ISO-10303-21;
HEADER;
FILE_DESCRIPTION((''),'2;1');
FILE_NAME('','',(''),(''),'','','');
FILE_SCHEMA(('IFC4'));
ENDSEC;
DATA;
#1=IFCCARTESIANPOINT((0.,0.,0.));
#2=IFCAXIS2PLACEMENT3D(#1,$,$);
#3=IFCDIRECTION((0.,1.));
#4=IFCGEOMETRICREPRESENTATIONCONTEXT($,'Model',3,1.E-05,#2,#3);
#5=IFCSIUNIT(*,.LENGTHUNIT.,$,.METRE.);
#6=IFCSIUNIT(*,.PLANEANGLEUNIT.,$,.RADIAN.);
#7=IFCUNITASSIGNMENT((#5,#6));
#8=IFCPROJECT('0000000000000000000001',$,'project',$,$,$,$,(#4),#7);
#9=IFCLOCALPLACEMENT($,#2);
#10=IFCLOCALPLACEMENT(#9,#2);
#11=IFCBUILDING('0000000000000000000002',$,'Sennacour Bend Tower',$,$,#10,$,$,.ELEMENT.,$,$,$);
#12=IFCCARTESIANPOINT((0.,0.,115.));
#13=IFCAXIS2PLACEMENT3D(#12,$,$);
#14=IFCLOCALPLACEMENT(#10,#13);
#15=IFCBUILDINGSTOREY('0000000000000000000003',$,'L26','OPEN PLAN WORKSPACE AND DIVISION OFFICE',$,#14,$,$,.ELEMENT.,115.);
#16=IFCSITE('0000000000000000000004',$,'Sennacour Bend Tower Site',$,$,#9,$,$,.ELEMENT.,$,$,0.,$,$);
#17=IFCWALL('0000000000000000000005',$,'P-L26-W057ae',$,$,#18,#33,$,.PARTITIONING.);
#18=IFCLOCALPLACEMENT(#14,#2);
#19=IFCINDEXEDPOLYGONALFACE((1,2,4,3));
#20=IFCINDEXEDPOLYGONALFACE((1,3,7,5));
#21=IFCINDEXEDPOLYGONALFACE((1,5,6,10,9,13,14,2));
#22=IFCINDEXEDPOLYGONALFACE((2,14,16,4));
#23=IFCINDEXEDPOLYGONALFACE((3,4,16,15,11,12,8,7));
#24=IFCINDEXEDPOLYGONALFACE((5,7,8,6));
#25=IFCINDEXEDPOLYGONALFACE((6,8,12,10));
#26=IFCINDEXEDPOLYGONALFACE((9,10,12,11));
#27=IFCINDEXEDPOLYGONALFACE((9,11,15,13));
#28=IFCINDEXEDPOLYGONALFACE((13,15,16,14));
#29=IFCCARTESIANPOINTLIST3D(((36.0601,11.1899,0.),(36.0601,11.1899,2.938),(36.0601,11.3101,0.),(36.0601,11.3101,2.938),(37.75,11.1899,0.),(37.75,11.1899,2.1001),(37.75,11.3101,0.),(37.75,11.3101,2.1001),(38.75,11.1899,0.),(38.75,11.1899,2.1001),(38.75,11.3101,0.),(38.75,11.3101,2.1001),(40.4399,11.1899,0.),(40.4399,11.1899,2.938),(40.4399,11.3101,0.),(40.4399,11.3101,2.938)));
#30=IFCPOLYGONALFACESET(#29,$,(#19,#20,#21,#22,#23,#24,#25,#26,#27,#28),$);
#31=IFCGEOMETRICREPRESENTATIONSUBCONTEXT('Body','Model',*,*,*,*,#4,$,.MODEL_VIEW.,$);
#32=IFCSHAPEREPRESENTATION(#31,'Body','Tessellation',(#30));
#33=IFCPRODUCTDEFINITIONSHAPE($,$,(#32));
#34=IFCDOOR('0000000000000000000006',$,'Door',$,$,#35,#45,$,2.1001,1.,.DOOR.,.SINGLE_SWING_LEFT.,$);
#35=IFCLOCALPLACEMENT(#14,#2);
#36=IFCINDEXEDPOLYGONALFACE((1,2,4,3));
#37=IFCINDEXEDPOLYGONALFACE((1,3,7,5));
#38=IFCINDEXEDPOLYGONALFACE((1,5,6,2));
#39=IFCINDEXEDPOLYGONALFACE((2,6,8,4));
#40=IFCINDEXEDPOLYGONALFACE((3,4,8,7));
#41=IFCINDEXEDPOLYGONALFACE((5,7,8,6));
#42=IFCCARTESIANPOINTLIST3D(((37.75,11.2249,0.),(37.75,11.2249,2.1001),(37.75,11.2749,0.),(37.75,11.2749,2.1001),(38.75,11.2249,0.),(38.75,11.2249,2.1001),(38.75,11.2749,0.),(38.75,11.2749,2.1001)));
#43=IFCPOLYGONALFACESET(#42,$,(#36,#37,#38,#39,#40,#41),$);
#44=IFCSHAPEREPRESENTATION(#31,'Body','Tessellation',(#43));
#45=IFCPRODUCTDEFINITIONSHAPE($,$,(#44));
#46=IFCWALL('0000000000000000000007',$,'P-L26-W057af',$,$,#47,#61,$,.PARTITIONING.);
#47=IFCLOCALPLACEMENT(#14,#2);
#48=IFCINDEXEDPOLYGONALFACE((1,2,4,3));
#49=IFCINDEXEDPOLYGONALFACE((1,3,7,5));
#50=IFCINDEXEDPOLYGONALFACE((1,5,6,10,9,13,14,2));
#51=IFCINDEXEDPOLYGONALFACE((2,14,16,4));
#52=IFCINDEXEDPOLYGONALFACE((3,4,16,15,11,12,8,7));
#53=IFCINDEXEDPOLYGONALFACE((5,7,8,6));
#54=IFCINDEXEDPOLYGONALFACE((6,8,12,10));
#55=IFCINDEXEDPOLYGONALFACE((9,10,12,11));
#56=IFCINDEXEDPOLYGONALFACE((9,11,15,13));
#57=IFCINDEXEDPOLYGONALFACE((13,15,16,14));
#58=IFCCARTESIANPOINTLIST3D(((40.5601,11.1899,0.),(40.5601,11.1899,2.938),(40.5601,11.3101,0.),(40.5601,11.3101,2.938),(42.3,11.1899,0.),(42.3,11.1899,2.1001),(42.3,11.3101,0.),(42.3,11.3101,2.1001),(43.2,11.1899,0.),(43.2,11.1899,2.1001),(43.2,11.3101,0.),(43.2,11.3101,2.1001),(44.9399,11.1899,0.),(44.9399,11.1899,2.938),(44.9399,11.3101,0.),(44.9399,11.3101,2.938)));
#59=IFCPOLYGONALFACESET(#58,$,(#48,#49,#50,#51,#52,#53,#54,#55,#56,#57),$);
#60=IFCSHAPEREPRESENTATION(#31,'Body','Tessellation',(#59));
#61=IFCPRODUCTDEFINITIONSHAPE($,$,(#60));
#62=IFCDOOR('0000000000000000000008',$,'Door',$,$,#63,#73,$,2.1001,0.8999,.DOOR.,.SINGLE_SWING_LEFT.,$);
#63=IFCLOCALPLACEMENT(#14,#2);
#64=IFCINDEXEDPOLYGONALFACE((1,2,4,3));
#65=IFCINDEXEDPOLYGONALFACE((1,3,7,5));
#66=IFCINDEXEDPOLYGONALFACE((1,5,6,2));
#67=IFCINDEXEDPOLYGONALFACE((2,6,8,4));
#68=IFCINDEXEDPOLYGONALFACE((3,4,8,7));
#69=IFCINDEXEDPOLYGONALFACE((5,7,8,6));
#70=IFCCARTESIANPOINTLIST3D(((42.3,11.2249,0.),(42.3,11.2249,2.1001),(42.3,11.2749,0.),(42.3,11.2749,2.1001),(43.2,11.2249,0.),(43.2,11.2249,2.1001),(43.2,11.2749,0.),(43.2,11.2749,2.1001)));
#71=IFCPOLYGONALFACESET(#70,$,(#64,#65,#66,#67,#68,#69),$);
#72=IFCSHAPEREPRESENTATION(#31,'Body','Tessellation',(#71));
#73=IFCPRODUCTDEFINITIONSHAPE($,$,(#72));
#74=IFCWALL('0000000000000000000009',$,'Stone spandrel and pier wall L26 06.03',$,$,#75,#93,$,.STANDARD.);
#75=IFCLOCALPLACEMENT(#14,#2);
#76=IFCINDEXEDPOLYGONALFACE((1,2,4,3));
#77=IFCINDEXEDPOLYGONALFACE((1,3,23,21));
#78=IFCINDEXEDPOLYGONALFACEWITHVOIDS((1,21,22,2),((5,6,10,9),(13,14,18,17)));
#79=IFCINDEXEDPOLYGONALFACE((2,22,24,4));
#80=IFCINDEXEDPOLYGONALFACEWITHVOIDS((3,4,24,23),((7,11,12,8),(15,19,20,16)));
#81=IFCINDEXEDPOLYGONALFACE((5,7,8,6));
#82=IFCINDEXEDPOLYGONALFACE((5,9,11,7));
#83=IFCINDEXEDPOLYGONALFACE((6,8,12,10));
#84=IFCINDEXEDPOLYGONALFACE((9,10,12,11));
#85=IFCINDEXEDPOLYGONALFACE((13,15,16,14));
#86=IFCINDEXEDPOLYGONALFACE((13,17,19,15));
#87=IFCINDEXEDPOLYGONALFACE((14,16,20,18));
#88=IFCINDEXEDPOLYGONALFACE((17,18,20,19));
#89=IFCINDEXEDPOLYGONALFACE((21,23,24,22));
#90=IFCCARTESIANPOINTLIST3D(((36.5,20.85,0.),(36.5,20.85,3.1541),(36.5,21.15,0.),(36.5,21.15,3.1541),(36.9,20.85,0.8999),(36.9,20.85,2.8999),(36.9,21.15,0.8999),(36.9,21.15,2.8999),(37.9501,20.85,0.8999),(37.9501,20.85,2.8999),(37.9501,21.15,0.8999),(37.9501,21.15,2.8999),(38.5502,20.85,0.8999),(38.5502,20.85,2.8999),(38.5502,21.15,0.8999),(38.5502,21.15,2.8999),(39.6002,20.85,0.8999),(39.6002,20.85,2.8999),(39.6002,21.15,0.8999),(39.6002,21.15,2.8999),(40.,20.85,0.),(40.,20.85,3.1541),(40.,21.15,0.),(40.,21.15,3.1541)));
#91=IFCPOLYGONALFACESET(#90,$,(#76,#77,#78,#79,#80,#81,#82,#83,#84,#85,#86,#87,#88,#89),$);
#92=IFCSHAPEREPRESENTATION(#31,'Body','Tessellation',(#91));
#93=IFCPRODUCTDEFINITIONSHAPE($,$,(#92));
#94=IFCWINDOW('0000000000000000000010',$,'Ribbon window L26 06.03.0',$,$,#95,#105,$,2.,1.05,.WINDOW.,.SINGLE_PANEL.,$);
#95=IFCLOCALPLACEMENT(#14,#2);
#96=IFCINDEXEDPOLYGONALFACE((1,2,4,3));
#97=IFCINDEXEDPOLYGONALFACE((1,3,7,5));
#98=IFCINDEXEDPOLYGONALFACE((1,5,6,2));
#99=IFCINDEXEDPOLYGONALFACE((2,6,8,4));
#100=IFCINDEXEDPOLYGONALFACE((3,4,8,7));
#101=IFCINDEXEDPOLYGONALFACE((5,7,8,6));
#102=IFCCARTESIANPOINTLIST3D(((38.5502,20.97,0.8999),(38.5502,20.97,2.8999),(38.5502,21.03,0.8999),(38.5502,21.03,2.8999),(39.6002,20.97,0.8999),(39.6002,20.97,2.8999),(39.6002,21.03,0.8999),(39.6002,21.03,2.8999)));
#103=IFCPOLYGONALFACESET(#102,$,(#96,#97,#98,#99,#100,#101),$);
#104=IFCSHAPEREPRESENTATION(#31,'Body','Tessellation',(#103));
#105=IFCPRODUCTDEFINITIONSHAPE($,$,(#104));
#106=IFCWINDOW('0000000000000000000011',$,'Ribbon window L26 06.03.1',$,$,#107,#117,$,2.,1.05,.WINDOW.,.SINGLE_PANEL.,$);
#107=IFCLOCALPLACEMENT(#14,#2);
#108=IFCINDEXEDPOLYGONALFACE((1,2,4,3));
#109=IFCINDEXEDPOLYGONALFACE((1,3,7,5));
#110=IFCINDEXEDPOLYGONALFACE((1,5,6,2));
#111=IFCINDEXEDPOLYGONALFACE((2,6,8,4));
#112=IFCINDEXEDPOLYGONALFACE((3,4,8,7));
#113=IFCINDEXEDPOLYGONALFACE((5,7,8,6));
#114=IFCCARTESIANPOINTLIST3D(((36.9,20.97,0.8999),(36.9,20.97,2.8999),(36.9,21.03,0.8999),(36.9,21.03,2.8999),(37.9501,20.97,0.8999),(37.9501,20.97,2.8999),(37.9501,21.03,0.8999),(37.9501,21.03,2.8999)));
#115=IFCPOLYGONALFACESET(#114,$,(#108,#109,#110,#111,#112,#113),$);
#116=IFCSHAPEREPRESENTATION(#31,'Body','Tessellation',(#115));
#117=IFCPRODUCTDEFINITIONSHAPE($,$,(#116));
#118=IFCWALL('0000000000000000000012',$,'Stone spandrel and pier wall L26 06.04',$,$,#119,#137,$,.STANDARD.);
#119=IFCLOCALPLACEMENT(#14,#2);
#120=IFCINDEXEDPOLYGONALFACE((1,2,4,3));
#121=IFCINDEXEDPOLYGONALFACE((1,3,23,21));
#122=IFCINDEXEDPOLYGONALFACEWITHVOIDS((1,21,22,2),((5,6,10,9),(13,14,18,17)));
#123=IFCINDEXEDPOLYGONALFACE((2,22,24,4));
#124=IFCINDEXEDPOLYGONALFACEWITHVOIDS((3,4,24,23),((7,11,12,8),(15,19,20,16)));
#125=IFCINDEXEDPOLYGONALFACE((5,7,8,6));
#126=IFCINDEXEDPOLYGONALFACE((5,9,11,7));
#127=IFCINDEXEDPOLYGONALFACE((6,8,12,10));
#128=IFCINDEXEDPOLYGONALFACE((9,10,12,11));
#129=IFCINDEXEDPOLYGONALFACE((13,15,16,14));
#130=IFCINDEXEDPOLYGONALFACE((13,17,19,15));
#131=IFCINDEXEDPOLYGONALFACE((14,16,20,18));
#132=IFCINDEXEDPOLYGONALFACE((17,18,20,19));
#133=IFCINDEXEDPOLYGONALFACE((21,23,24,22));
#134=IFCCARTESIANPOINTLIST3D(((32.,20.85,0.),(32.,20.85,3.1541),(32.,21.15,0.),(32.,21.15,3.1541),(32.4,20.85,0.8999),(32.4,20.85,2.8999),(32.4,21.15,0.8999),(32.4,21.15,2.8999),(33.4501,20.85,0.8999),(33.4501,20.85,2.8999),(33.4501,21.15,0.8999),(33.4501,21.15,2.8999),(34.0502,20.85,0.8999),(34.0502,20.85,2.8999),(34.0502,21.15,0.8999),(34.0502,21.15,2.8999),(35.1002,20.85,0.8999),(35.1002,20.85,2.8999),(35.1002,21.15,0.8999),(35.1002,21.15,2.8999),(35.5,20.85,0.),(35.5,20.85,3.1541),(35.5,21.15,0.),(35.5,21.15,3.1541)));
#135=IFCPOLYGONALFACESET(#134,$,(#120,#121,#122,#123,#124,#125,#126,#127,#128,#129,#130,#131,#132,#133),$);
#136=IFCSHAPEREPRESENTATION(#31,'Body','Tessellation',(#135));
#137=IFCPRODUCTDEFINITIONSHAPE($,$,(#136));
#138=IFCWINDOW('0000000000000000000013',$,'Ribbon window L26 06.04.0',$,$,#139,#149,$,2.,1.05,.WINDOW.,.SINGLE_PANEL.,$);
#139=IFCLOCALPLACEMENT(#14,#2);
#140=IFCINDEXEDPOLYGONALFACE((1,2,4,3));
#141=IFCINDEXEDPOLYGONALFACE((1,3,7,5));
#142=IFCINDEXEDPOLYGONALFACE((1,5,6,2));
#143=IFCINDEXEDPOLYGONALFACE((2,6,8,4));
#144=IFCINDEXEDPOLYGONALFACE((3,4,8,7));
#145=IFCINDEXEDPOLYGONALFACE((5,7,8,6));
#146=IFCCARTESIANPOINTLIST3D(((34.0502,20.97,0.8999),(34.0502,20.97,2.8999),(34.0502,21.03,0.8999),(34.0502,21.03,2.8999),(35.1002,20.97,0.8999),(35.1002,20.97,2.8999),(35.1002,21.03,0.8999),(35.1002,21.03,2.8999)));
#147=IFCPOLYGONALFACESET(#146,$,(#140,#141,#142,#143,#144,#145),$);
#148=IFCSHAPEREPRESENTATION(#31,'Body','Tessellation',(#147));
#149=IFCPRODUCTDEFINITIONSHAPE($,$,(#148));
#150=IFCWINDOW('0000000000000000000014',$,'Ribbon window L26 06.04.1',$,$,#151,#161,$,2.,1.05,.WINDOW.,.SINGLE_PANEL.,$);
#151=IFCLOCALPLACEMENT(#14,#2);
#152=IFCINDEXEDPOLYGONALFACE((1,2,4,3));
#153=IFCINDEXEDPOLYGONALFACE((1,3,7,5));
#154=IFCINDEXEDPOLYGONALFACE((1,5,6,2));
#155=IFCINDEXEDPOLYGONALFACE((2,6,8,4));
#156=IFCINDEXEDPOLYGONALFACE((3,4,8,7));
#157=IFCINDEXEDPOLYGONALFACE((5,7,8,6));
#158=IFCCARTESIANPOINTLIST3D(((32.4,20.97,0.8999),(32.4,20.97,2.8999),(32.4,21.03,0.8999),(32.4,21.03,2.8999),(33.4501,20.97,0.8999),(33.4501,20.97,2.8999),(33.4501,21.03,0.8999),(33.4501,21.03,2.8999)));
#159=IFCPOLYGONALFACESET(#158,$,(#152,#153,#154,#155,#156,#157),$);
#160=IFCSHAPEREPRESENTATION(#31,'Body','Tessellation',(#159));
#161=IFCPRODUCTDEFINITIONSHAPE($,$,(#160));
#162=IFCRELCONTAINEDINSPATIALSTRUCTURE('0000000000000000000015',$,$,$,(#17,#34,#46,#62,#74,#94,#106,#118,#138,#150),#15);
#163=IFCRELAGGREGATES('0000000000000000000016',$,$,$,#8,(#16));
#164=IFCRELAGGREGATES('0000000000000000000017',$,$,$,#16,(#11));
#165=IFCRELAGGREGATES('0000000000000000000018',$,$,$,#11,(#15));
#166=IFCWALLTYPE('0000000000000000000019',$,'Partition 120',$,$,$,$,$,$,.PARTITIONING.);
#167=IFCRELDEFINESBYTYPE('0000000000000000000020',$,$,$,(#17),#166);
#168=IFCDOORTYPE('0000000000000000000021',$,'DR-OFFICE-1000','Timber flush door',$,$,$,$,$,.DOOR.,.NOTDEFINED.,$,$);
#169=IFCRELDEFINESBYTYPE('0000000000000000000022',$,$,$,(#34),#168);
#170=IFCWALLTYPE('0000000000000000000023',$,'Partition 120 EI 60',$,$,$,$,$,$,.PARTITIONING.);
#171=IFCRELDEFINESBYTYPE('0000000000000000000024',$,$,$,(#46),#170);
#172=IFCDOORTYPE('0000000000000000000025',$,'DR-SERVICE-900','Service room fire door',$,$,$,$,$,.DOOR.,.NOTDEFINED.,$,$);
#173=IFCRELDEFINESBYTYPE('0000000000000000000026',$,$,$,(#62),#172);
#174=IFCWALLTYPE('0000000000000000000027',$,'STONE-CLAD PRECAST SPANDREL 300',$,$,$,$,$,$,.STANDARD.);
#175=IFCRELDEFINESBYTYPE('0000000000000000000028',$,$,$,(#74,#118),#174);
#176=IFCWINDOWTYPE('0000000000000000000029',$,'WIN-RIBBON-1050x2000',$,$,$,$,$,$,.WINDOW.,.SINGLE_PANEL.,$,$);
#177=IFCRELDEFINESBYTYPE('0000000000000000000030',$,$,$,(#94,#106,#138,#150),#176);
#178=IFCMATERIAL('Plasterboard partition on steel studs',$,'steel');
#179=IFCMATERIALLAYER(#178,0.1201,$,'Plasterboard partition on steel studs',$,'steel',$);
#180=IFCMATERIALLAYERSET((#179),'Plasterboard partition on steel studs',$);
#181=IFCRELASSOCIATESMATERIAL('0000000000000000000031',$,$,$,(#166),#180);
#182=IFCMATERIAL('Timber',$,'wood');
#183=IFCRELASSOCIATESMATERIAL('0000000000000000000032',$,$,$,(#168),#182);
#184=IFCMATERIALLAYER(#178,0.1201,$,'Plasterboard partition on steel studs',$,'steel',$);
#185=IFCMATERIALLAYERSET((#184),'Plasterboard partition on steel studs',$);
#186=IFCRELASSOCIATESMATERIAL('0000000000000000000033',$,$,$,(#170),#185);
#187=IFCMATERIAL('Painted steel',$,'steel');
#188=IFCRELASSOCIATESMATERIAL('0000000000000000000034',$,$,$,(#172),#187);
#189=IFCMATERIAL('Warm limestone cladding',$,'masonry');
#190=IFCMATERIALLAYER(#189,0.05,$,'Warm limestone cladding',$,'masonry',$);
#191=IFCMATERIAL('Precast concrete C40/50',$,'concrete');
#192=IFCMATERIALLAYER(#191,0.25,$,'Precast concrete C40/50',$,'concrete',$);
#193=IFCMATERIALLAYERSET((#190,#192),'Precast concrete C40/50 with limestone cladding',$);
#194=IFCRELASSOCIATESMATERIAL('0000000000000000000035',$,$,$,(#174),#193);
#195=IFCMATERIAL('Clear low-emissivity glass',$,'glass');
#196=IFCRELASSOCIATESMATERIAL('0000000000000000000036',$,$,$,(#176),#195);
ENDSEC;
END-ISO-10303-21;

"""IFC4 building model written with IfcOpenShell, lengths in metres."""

from ifc_helpers import new_model, si_unit, direction, frame, frame_2d, origin, place, context, subcontext, project, spatial, rectangle, extrude, material, layer, layer_set, type_object, element, fill, save


model = new_model("IFC4")

# Units and contexts
model_context = context("Model", 3, precision=1e-05, world=origin(), true_north=direction((0.0, 1.0)))
body_context = subcontext(model_context, "Body", "Model", "MODEL_VIEW")
ifc_project = project(units=[si_unit("LENGTHUNIT", "METRE"), si_unit("PLANEANGLEUNIT", "RADIAN")], contexts=[model_context])

# Site, building, storey
site_placement = place(None, origin())
site = spatial("IfcSite", under=ifc_project, at=site_placement, Name="Sennacour Bend Tower Site", CompositionType="ELEMENT", RefElevation=0.0)
building_placement = place(site_placement, origin())
building = spatial("IfcBuilding", under=site, at=building_placement, Name="Sennacour Bend Tower", CompositionType="ELEMENT")
storey_placement = place(building_placement, frame((0.0, 0.0, 115.0)))
storey = spatial("IfcBuildingStorey", under=building, at=storey_placement, Name="L26", Description="OPEN PLAN WORKSPACE AND DIVISION OFFICE", CompositionType="ELEMENT", Elevation=115.0)

# Shared definitions
ifc_material_1 = material(Name="Plasterboard partition on steel studs", Category="steel")
ifc_layer_1 = layer(ifc_material_1, 0.1201, Name="Plasterboard partition on steel studs", Category="steel")
ifc_layer_set_1 = layer_set([ifc_layer_1], Name="Plasterboard partition on steel studs")
wall_type_1 = type_object("IfcWallType", Name="Partition 120", PredefinedType="PARTITIONING", material=ifc_layer_set_1)

# Walls, openings, doors
ifc_material_2 = material(Name="Timber", Category="wood")
wall_1_placement = place(storey_placement, frame((36.0601, 11.25, 0.0), z_axis=(0.0, 0.0, 1.0), x_axis=(1.0, 0.0, 0.0)))
wall_1 = element("IfcWall", 1, at=wall_1_placement, inside=storey, type_object=wall_type_1, Name="P-L26-W057ae", PredefinedType="PARTITIONING", context=body_context, shape_type="SweptSolid", body=[
    extrude(rectangle(XDim=4.3799, YDim=0.1201, at=frame_2d((2.1899, 0.0))), origin(), (0.0, 0.0, 1.0), 2.938),
])
opening_1_placement = place(wall_1_placement, frame((1.6899, 0.0, 0.0)))
opening_1 = element("IfcOpeningElement", 2, at=opening_1_placement, cuts=wall_1, PredefinedType="OPENING", context=body_context, shape_type="SweptSolid", body=[
    extrude(rectangle(XDim=1.0, YDim=2.1001, at=frame_2d((0.5, 1.05))), frame((0.0, 0.0701, 0.0), z_axis=(0.0, -1.0, 0.0), x_axis=(1.0, 0.0, 0.0)), (0.0, 0.0, 1.0), 0.1401),
])
door_type_1 = type_object("IfcDoorType", Name="DR-OFFICE-1000", Description="Timber flush door", OperationType="NOTDEFINED", PredefinedType="DOOR", material=ifc_material_2)
door_1_placement = place(opening_1_placement, origin())
door_1 = element("IfcDoor", 3, at=door_1_placement, inside=storey, type_object=door_type_1, Name="Door", OperationType="SINGLE_SWING_LEFT", OverallHeight=2.1001, OverallWidth=1.0, PredefinedType="DOOR", context=body_context, shape_type="SweptSolid", body=[
    extrude(rectangle(XDim=1.0, YDim=2.1001, at=frame_2d((0.5, 1.05))), frame((0.0, 0.0249, 0.0), z_axis=(0.0, -1.0, 0.0), x_axis=(1.0, 0.0, 0.0)), (0.0, 0.0, 1.0), 0.05),
])
fill(opening_1, door_1)
ifc_layer_2 = layer(ifc_material_1, 0.1201, Name="Plasterboard partition on steel studs", Category="steel")
ifc_layer_set_2 = layer_set([ifc_layer_2], Name="Plasterboard partition on steel studs")
wall_type_2 = type_object("IfcWallType", Name="Partition 120 EI 60", PredefinedType="PARTITIONING", material=ifc_layer_set_2)
wall_2_placement = place(storey_placement, frame((40.5601, 11.25, 0.0), z_axis=(0.0, 0.0, 1.0), x_axis=(1.0, 0.0, 0.0)))
wall_2 = element("IfcWall", 4, at=wall_2_placement, inside=storey, type_object=wall_type_2, Name="P-L26-W057af", PredefinedType="PARTITIONING", context=body_context, shape_type="SweptSolid", body=[
    extrude(rectangle(XDim=4.3799, YDim=0.1201, at=frame_2d((2.1899, 0.0))), origin(), (0.0, 0.0, 1.0), 2.938),
])
opening_2_placement = place(wall_2_placement, frame((1.74, 0.0, 0.0)))
opening_2 = element("IfcOpeningElement", 5, at=opening_2_placement, cuts=wall_2, PredefinedType="OPENING", context=body_context, shape_type="SweptSolid", body=[
    extrude(rectangle(XDim=0.8999, YDim=2.1001, at=frame_2d((0.45, 1.05))), frame((0.0, 0.0701, 0.0), z_axis=(0.0, -1.0, 0.0), x_axis=(1.0, 0.0, 0.0)), (0.0, 0.0, 1.0), 0.1401),
])
ifc_material_3 = material(Name="Painted steel", Category="steel")
door_type_2 = type_object("IfcDoorType", Name="DR-SERVICE-900", Description="Service room fire door", OperationType="NOTDEFINED", PredefinedType="DOOR", material=ifc_material_3)
door_2_placement = place(opening_2_placement, origin())
door_2 = element("IfcDoor", 6, at=door_2_placement, inside=storey, type_object=door_type_2, Name="Door", OperationType="SINGLE_SWING_LEFT", OverallHeight=2.1001, OverallWidth=0.8999, PredefinedType="DOOR", context=body_context, shape_type="SweptSolid", body=[
    extrude(rectangle(XDim=0.8999, YDim=2.1001, at=frame_2d((0.45, 1.05))), frame((0.0, 0.0249, 0.0), z_axis=(0.0, -1.0, 0.0), x_axis=(1.0, 0.0, 0.0)), (0.0, 0.0, 1.0), 0.05),
])
fill(opening_2, door_2)

# Walls, openings, windows
ifc_material_4 = material(Name="Warm limestone cladding", Category="masonry")
ifc_layer_3 = layer(ifc_material_4, 0.05, Name="Warm limestone cladding", Category="masonry")
ifc_material_5 = material(Name="Precast concrete C40/50", Category="concrete")
ifc_layer_4 = layer(ifc_material_5, 0.25, Name="Precast concrete C40/50", Category="concrete")
ifc_layer_set_3 = layer_set([ifc_layer_3, ifc_layer_4], Name="Precast concrete C40/50 with limestone cladding")
wall_type_3 = type_object("IfcWallType", Name="STONE-CLAD PRECAST SPANDREL 300", PredefinedType="STANDARD", material=ifc_layer_set_3)
wall_3_placement = place(storey_placement, frame((40.0, 21.0, 0.0), z_axis=(0.0, 0.0, 1.0), x_axis=(-1.0, 0.0, 0.0)))
wall_3 = element("IfcWall", 7, at=wall_3_placement, inside=storey, type_object=wall_type_3, Name="Stone spandrel and pier wall L26 06.03", PredefinedType="STANDARD", context=body_context, shape_type="SweptSolid", body=[
    extrude(rectangle(XDim=3.5, YDim=0.3, at=frame_2d((1.75, 0.0))), origin(), (0.0, 0.0, 1.0), 3.1541),
])
opening_3_placement = place(wall_3_placement, frame((0.3999, 0.0, 0.8999)))
opening_3 = element("IfcOpeningElement", 8, at=opening_3_placement, cuts=wall_3, PredefinedType="OPENING", context=body_context, shape_type="SweptSolid", body=[
    extrude(rectangle(XDim=1.05, YDim=2.0, at=frame_2d((0.5249, 1.0))), frame((0.0, 0.1602, 0.0), z_axis=(0.0, -1.0, 0.0), x_axis=(1.0, 0.0, 0.0)), (0.0, 0.0, 1.0), 0.3201),
])
opening_4_placement = place(wall_3_placement, frame((2.05, 0.0, 0.8999)))
opening_4 = element("IfcOpeningElement", 9, at=opening_4_placement, cuts=wall_3, PredefinedType="OPENING", context=body_context, shape_type="SweptSolid", body=[
    extrude(rectangle(XDim=1.05, YDim=2.0, at=frame_2d((0.5249, 1.0))), frame((0.0, 0.1602, 0.0), z_axis=(0.0, -1.0, 0.0), x_axis=(1.0, 0.0, 0.0)), (0.0, 0.0, 1.0), 0.3201),
])
ifc_material_6 = material(Name="Clear low-emissivity glass", Category="glass")
window_type_1 = type_object("IfcWindowType", Name="WIN-RIBBON-1050x2000", PartitioningType="SINGLE_PANEL", PredefinedType="WINDOW", material=ifc_material_6)
window_1_placement = place(opening_3_placement, origin())
window_1 = element("IfcWindow", 10, at=window_1_placement, inside=storey, type_object=window_type_1, Name="Ribbon window L26 06.03.0", OverallHeight=2.0, OverallWidth=1.05, PartitioningType="SINGLE_PANEL", PredefinedType="WINDOW", context=body_context, shape_type="SweptSolid", body=[
    extrude(rectangle(XDim=1.05, YDim=2.0, at=frame_2d((0.5249, 1.0))), frame((0.0, 0.03, 0.0), z_axis=(0.0, -1.0, 0.0), x_axis=(1.0, 0.0, 0.0)), (0.0, 0.0, 1.0), 0.0601),
])
fill(opening_3, window_1)
window_2_placement = place(opening_4_placement, origin())
window_2 = element("IfcWindow", 11, at=window_2_placement, inside=storey, type_object=window_type_1, Name="Ribbon window L26 06.03.1", OverallHeight=2.0, OverallWidth=1.05, PartitioningType="SINGLE_PANEL", PredefinedType="WINDOW", context=body_context, shape_type="SweptSolid", body=[
    extrude(rectangle(XDim=1.05, YDim=2.0, at=frame_2d((0.5249, 1.0))), frame((0.0, 0.03, 0.0), z_axis=(0.0, -1.0, 0.0), x_axis=(1.0, 0.0, 0.0)), (0.0, 0.0, 1.0), 0.0601),
])
fill(opening_4, window_2)
wall_4_placement = place(storey_placement, frame((35.5, 21.0, 0.0), z_axis=(0.0, 0.0, 1.0), x_axis=(-1.0, 0.0, 0.0)))
wall_4 = element("IfcWall", 12, at=wall_4_placement, inside=storey, type_object=wall_type_3, Name="Stone spandrel and pier wall L26 06.04", PredefinedType="STANDARD", context=body_context, shape_type="SweptSolid", body=[
    extrude(rectangle(XDim=3.5, YDim=0.3, at=frame_2d((1.75, 0.0))), origin(), (0.0, 0.0, 1.0), 3.1541),
])
opening_5_placement = place(wall_4_placement, frame((0.3999, 0.0, 0.8999)))
opening_5 = element("IfcOpeningElement", 13, at=opening_5_placement, cuts=wall_4, PredefinedType="OPENING", context=body_context, shape_type="SweptSolid", body=[
    extrude(rectangle(XDim=1.05, YDim=2.0, at=frame_2d((0.5249, 1.0))), frame((0.0, 0.1602, 0.0), z_axis=(0.0, -1.0, 0.0), x_axis=(1.0, 0.0, 0.0)), (0.0, 0.0, 1.0), 0.3201),
])
opening_6_placement = place(wall_4_placement, frame((2.05, 0.0, 0.8999)))
opening_6 = element("IfcOpeningElement", 14, at=opening_6_placement, cuts=wall_4, PredefinedType="OPENING", context=body_context, shape_type="SweptSolid", body=[
    extrude(rectangle(XDim=1.05, YDim=2.0, at=frame_2d((0.5249, 1.0))), frame((0.0, 0.1602, 0.0), z_axis=(0.0, -1.0, 0.0), x_axis=(1.0, 0.0, 0.0)), (0.0, 0.0, 1.0), 0.3201),
])
window_3_placement = place(opening_5_placement, origin())
window_3 = element("IfcWindow", 15, at=window_3_placement, inside=storey, type_object=window_type_1, Name="Ribbon window L26 06.04.0", OverallHeight=2.0, OverallWidth=1.05, PartitioningType="SINGLE_PANEL", PredefinedType="WINDOW", context=body_context, shape_type="SweptSolid", body=[
    extrude(rectangle(XDim=1.05, YDim=2.0, at=frame_2d((0.5249, 1.0))), frame((0.0, 0.03, 0.0), z_axis=(0.0, -1.0, 0.0), x_axis=(1.0, 0.0, 0.0)), (0.0, 0.0, 1.0), 0.0601),
])
fill(opening_5, window_3)
window_4_placement = place(opening_6_placement, origin())
window_4 = element("IfcWindow", 16, at=window_4_placement, inside=storey, type_object=window_type_1, Name="Ribbon window L26 06.04.1", OverallHeight=2.0, OverallWidth=1.05, PartitioningType="SINGLE_PANEL", PredefinedType="WINDOW", context=body_context, shape_type="SweptSolid", body=[
    extrude(rectangle(XDim=1.05, YDim=2.0, at=frame_2d((0.5249, 1.0))), frame((0.0, 0.03, 0.0), z_axis=(0.0, -1.0, 0.0), x_axis=(1.0, 0.0, 0.0)), (0.0, 0.0, 1.0), 0.0601),
])
fill(opening_6, window_4)

save(model, "model.ifc")
